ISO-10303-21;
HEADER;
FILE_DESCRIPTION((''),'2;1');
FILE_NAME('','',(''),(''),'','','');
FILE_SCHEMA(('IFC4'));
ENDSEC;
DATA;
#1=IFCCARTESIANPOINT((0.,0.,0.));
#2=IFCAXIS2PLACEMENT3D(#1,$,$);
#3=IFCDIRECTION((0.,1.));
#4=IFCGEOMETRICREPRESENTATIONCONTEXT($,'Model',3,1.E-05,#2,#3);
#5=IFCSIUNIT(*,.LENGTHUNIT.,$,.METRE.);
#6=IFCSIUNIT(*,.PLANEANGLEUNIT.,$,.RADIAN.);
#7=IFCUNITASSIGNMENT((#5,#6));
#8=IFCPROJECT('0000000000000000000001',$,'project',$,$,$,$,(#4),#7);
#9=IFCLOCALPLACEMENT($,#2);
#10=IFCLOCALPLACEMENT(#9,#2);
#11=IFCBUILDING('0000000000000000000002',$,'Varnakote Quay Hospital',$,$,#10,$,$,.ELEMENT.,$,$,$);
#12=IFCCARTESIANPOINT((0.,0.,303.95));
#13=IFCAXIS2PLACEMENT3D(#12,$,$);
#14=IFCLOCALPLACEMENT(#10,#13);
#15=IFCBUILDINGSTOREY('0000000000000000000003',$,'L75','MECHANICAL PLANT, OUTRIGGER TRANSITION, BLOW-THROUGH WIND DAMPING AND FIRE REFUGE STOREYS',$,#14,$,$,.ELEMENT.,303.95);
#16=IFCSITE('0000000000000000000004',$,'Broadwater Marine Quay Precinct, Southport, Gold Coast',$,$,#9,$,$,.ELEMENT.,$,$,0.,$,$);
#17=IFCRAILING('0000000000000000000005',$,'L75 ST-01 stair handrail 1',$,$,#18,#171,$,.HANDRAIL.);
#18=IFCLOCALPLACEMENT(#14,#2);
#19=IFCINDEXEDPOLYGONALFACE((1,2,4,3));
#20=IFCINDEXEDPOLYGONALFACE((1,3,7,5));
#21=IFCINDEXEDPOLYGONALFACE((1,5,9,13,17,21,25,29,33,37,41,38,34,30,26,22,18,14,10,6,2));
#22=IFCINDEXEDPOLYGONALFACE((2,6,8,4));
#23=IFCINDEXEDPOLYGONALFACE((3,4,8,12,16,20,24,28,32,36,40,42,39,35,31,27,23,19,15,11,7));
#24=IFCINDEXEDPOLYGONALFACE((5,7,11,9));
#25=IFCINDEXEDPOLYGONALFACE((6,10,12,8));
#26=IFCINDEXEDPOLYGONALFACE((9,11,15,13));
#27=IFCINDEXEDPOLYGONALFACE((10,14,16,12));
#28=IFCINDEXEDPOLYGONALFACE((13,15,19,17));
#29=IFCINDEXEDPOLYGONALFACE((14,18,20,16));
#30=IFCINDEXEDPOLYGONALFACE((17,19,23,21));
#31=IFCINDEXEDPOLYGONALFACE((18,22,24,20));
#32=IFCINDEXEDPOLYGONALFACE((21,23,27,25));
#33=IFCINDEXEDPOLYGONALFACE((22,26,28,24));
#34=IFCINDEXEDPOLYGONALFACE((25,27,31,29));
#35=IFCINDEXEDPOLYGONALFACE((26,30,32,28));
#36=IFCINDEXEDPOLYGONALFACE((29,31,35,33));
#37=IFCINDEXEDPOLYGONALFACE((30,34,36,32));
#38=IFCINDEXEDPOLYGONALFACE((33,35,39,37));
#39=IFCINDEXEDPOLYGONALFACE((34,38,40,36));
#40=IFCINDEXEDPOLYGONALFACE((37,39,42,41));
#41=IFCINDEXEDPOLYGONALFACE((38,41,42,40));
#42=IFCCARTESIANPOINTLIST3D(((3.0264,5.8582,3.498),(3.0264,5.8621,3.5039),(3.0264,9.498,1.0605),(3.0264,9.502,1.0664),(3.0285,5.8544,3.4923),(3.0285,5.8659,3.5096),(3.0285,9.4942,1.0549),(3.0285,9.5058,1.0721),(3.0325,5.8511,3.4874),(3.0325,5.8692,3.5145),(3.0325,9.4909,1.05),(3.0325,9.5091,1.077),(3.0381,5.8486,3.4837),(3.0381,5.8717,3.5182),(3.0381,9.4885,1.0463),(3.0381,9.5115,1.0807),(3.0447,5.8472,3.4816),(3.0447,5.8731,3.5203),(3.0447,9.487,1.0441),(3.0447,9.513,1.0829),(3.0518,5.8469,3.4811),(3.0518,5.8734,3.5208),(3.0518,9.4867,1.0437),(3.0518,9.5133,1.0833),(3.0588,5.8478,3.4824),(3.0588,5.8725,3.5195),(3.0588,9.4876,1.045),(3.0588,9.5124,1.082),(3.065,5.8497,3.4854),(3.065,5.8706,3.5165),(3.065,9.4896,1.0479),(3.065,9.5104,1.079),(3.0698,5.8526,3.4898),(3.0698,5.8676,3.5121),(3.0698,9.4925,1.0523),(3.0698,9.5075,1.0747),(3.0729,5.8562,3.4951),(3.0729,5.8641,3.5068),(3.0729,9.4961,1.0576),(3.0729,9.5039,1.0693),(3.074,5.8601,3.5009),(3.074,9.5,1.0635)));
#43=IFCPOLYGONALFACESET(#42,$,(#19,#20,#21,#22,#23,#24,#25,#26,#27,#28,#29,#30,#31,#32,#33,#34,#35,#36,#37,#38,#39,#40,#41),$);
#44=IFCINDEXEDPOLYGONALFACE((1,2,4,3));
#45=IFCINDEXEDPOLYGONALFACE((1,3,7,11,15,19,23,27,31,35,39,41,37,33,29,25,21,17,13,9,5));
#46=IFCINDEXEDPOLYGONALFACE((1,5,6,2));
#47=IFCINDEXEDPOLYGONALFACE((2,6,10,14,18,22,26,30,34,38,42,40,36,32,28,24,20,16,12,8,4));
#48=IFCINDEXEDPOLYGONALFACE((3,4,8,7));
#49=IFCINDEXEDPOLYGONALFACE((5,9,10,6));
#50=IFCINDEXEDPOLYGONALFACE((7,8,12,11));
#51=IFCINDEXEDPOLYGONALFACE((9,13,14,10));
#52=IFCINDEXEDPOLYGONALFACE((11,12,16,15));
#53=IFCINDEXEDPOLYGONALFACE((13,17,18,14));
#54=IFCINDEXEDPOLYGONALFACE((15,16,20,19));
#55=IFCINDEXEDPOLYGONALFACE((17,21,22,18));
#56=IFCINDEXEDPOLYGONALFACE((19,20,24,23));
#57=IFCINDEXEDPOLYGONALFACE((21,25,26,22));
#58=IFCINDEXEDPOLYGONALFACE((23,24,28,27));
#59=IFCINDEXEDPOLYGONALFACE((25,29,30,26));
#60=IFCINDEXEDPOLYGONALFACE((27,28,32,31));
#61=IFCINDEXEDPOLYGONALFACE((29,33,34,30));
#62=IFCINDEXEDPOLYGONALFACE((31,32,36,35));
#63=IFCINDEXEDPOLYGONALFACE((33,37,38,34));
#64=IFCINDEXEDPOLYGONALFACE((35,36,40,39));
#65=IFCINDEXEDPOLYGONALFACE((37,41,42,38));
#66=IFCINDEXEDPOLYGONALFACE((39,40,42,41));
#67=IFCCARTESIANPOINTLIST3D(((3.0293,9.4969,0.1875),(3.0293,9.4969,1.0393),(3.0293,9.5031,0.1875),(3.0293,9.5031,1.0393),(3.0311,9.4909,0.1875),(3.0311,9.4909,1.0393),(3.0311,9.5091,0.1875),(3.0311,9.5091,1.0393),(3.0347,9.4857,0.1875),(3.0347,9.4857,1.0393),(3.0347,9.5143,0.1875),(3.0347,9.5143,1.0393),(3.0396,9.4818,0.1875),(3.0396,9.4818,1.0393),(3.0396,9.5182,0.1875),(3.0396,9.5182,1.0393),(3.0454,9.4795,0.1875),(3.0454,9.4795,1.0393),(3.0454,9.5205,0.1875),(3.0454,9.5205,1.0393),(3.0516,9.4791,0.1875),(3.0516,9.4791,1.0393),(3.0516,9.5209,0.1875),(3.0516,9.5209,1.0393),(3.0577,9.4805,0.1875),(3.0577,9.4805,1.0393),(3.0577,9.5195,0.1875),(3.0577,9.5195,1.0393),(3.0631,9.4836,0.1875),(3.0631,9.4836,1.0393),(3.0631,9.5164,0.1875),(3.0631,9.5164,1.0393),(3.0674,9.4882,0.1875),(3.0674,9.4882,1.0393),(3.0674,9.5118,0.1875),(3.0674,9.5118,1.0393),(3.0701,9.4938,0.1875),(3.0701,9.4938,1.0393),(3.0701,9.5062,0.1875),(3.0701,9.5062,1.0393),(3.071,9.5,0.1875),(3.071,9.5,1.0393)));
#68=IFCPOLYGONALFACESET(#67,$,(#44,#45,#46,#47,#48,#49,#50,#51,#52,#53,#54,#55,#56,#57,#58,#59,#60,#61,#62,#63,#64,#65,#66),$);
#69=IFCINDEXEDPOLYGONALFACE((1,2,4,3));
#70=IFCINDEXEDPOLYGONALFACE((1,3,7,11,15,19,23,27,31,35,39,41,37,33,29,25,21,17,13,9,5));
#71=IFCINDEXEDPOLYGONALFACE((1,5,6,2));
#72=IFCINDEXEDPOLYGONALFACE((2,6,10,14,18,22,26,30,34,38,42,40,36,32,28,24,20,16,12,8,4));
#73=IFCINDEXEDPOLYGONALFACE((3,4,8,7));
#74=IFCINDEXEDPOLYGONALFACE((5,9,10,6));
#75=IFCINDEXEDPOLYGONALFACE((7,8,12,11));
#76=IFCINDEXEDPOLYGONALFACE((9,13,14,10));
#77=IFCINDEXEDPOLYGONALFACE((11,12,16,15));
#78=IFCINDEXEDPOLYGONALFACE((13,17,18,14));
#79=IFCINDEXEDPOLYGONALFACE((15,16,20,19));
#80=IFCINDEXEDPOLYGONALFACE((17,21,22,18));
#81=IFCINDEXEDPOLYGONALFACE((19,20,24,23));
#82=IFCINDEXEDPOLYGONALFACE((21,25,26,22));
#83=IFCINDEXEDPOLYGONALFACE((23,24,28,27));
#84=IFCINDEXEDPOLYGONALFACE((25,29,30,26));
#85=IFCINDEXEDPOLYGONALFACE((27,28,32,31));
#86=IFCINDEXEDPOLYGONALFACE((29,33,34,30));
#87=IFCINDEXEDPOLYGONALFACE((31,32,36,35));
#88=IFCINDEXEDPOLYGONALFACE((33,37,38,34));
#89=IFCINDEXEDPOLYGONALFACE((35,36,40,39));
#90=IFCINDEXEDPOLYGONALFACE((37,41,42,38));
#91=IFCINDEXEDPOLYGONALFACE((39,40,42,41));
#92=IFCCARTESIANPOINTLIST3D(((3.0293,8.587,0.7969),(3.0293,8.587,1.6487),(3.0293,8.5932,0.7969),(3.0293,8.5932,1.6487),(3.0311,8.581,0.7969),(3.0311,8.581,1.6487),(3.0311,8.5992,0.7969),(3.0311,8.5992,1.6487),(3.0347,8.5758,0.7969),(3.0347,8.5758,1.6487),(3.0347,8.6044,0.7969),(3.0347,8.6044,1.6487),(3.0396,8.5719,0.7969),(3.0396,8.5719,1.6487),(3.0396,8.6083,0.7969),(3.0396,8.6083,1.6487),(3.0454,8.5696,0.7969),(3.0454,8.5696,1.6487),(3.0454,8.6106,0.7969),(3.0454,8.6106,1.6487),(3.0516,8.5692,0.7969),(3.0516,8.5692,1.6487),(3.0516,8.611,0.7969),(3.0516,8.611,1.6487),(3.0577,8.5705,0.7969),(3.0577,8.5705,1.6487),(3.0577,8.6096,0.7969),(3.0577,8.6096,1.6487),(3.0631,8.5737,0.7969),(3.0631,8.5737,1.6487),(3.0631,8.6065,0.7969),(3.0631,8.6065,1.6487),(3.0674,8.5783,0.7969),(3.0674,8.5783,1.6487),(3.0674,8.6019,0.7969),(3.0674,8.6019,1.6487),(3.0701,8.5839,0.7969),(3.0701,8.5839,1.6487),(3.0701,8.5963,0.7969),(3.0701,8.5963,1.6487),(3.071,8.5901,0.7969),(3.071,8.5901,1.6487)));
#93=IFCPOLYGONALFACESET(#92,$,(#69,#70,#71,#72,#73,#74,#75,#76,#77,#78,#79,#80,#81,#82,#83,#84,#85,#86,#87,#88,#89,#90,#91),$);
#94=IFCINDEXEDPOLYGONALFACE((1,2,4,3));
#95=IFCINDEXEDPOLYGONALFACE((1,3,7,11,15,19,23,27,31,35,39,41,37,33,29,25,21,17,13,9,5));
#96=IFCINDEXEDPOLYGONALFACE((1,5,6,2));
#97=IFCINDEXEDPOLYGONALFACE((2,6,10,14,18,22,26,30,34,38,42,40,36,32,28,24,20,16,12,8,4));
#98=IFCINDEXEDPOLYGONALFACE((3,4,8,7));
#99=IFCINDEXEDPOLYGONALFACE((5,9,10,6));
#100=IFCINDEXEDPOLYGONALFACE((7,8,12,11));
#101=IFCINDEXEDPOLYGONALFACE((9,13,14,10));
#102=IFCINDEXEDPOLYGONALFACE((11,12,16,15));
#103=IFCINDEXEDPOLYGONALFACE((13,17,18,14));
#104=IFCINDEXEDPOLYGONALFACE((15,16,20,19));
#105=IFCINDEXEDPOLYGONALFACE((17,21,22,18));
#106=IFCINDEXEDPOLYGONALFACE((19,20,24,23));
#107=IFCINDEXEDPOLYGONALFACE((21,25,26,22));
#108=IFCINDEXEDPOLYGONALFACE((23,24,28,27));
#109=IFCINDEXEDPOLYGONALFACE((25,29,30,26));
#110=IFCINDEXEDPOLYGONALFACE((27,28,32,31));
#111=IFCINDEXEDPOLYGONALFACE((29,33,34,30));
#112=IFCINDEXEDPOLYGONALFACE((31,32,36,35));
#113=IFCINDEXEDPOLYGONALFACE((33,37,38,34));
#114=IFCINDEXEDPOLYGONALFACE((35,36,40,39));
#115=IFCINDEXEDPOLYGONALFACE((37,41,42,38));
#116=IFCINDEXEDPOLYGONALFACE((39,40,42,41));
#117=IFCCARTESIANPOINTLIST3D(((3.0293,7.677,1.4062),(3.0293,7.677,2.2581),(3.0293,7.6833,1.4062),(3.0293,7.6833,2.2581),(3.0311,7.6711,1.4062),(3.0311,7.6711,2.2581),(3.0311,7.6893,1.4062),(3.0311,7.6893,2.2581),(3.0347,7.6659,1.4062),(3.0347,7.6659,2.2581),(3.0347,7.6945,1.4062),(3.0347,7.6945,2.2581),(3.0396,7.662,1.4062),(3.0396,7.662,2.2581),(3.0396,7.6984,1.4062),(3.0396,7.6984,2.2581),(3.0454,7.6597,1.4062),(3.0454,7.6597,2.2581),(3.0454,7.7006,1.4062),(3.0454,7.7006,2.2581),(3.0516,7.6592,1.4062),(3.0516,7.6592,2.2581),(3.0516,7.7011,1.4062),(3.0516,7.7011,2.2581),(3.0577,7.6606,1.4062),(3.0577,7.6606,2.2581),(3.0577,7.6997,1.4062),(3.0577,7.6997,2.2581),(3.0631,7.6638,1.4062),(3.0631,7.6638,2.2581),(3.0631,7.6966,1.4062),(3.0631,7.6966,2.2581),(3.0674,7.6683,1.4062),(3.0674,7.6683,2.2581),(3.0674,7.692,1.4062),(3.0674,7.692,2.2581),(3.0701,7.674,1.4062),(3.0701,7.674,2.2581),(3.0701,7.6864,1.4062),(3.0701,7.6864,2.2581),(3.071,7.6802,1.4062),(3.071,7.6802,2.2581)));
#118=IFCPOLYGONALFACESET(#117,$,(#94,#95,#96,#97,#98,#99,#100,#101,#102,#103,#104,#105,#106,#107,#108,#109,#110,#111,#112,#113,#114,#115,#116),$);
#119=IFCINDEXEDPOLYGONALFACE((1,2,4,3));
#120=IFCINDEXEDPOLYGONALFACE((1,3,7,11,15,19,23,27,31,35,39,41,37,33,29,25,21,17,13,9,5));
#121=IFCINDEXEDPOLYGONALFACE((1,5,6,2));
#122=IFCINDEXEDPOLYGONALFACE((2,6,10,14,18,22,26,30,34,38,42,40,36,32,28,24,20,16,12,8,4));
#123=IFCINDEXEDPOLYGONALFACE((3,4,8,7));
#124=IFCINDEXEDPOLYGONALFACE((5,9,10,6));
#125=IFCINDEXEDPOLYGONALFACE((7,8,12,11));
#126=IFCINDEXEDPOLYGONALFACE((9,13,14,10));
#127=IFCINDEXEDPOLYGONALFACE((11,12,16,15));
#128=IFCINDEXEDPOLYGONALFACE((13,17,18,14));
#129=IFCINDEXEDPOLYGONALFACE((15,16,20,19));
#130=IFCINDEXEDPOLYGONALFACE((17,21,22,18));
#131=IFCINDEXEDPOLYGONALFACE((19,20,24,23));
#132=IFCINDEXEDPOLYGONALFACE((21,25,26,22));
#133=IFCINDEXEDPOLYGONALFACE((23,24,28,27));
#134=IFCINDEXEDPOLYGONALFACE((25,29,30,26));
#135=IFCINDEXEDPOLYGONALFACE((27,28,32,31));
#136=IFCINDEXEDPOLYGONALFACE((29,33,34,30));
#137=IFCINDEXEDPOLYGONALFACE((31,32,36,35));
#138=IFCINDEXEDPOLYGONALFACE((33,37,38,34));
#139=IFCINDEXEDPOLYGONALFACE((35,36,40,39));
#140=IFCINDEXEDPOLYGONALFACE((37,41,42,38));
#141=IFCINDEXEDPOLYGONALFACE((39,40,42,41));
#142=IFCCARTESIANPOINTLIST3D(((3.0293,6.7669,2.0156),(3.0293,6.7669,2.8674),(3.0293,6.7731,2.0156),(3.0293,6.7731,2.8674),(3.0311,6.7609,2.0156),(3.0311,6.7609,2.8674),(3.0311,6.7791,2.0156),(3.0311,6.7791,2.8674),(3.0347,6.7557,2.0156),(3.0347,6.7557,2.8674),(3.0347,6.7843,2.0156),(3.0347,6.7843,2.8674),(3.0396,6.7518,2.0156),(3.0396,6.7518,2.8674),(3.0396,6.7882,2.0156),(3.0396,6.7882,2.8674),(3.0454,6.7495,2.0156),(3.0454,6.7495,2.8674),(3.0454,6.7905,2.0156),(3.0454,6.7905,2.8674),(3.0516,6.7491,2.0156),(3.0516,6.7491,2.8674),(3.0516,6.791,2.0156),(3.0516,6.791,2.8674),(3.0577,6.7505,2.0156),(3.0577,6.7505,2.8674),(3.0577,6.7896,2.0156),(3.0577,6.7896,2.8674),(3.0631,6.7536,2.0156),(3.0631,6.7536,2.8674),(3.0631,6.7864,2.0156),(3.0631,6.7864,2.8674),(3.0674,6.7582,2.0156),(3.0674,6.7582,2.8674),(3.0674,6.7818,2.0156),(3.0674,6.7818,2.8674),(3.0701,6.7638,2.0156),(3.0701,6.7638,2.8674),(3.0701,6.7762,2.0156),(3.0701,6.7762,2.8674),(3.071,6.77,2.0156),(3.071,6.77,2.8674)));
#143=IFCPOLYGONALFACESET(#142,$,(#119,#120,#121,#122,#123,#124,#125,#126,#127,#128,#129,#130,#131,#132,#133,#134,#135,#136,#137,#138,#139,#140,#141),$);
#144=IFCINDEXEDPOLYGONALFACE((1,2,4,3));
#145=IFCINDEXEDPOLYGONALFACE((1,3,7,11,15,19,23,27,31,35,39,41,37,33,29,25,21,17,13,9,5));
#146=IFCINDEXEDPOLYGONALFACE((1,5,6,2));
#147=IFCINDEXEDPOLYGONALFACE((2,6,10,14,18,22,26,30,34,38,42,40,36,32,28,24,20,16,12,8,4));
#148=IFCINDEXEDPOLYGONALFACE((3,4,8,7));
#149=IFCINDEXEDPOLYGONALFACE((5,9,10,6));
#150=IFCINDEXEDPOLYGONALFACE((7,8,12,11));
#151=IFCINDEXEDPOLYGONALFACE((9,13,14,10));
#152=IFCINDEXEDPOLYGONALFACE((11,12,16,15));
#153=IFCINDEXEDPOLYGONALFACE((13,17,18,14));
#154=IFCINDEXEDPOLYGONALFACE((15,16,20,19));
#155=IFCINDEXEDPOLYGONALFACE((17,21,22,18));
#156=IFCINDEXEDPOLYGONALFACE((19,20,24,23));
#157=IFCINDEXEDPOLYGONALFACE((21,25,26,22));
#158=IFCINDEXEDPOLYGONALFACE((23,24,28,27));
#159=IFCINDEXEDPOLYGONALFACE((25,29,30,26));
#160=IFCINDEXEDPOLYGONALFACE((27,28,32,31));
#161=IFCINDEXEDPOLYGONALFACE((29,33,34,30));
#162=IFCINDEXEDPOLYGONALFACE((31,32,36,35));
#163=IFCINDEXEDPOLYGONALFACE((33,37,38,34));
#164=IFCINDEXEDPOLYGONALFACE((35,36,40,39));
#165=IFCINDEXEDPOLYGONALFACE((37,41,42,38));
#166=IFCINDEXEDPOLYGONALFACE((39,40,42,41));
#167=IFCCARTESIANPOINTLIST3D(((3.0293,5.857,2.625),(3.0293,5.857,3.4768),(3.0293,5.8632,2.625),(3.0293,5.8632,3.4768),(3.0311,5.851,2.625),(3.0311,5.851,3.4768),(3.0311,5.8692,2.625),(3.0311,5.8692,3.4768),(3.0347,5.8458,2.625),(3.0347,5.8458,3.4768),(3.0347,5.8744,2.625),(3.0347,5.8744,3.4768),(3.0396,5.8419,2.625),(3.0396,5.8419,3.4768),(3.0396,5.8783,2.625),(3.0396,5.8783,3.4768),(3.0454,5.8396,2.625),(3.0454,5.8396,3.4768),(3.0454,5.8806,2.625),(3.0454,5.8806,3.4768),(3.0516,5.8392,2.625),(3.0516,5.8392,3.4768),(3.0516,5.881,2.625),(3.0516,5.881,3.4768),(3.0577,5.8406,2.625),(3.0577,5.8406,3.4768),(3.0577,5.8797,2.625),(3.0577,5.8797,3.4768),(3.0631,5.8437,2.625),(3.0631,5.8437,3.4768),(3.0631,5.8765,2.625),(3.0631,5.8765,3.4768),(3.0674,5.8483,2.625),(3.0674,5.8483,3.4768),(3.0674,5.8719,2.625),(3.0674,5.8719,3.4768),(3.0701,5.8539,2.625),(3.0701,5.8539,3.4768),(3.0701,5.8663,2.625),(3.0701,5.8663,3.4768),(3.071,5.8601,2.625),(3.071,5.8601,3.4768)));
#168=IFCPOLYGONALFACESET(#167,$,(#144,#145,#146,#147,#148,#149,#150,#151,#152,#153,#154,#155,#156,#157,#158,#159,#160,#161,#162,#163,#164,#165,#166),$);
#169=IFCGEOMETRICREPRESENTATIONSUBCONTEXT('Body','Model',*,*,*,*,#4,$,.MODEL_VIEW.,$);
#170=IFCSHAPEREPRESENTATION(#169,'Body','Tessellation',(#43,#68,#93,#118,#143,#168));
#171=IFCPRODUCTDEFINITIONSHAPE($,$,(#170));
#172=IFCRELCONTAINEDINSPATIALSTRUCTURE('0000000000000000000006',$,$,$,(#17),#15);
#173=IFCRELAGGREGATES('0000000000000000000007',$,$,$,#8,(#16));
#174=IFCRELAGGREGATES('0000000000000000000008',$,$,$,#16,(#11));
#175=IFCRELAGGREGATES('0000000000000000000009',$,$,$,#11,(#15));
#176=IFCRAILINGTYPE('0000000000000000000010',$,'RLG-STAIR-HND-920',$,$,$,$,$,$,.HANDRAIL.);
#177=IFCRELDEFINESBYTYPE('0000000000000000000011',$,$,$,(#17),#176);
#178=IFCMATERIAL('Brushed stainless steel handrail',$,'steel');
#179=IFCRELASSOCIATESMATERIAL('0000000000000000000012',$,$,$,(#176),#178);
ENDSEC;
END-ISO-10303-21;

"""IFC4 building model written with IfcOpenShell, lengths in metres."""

from ifc_helpers import new_model, si_unit, direction, frame, origin, origin_2d, place, context, subcontext, project, spatial, circle, extrude, material, type_object, element, save


model = new_model("IFC4")

# Units and contexts
model_context = context("Model", 3, precision=1e-05, world=origin(), true_north=direction((0.0, 1.0)))
body_context = subcontext(model_context, "Body", "Model", "MODEL_VIEW")
ifc_project = project(units=[si_unit("LENGTHUNIT", "METRE"), si_unit("PLANEANGLEUNIT", "RADIAN")], contexts=[model_context])

# Site, building, storey
site_placement = place(None, origin())
site = spatial("IfcSite", under=ifc_project, at=site_placement, Name="Broadwater Marine Quay Precinct, Southport, Gold Coast", CompositionType="ELEMENT", RefElevation=0.0)
building_placement = place(site_placement, origin())
building = spatial("IfcBuilding", under=site, at=building_placement, Name="Varnakote Quay Hospital", CompositionType="ELEMENT")
storey_placement = place(building_placement, frame((0.0, 0.0, 303.95)))
storey = spatial("IfcBuildingStorey", under=building, at=storey_placement, Name="L75", Description="MECHANICAL PLANT, OUTRIGGER TRANSITION, BLOW-THROUGH WIND DAMPING AND FIRE REFUGE STOREYS", CompositionType="ELEMENT", Elevation=303.95)

# Railing
ifc_material_1 = material(Name="Brushed stainless steel handrail", Category="steel")
railing_type_1 = type_object("IfcRailingType", Name="RLG-STAIR-HND-920", PredefinedType="HANDRAIL", material=ifc_material_1)
railing_1_placement = place(storey_placement, frame((3.05, 9.5, 0.1875)))
element("IfcRailing", 1, at=railing_1_placement, inside=storey, type_object=railing_type_1, Name="L75 ST-01 stair handrail 1", PredefinedType="HANDRAIL", context=body_context, shape_type="SweptSolid", body=[
    extrude(circle(Radius=0.0239, at=origin_2d()), frame((0.0, 0.0, 0.876), z_axis=(0.0, -0.8309, 0.556422), x_axis=(1.0, 0.0, 0.0)), (0.0, 0.0, 1.0), 4.3806),
    extrude(circle(Radius=0.021, at=origin_2d()), origin(), (0.0, 0.0, 1.0), 0.8518),
    extrude(circle(Radius=0.021, at=origin_2d()), frame((0.0, -0.9099, 0.6094)), (0.0, 0.0, 1.0), 0.8518),
    extrude(circle(Radius=0.021, at=origin_2d()), frame((0.0, -1.8198, 1.2188)), (0.0, 0.0, 1.0), 0.8518),
    extrude(circle(Radius=0.021, at=origin_2d()), frame((0.0, -2.73, 1.8281)), (0.0, 0.0, 1.0), 0.8518),
    extrude(circle(Radius=0.021, at=origin_2d()), frame((0.0, -3.6399, 2.4375)), (0.0, 0.0, 1.0), 0.8518),
])

save(model, "model.ifc")
